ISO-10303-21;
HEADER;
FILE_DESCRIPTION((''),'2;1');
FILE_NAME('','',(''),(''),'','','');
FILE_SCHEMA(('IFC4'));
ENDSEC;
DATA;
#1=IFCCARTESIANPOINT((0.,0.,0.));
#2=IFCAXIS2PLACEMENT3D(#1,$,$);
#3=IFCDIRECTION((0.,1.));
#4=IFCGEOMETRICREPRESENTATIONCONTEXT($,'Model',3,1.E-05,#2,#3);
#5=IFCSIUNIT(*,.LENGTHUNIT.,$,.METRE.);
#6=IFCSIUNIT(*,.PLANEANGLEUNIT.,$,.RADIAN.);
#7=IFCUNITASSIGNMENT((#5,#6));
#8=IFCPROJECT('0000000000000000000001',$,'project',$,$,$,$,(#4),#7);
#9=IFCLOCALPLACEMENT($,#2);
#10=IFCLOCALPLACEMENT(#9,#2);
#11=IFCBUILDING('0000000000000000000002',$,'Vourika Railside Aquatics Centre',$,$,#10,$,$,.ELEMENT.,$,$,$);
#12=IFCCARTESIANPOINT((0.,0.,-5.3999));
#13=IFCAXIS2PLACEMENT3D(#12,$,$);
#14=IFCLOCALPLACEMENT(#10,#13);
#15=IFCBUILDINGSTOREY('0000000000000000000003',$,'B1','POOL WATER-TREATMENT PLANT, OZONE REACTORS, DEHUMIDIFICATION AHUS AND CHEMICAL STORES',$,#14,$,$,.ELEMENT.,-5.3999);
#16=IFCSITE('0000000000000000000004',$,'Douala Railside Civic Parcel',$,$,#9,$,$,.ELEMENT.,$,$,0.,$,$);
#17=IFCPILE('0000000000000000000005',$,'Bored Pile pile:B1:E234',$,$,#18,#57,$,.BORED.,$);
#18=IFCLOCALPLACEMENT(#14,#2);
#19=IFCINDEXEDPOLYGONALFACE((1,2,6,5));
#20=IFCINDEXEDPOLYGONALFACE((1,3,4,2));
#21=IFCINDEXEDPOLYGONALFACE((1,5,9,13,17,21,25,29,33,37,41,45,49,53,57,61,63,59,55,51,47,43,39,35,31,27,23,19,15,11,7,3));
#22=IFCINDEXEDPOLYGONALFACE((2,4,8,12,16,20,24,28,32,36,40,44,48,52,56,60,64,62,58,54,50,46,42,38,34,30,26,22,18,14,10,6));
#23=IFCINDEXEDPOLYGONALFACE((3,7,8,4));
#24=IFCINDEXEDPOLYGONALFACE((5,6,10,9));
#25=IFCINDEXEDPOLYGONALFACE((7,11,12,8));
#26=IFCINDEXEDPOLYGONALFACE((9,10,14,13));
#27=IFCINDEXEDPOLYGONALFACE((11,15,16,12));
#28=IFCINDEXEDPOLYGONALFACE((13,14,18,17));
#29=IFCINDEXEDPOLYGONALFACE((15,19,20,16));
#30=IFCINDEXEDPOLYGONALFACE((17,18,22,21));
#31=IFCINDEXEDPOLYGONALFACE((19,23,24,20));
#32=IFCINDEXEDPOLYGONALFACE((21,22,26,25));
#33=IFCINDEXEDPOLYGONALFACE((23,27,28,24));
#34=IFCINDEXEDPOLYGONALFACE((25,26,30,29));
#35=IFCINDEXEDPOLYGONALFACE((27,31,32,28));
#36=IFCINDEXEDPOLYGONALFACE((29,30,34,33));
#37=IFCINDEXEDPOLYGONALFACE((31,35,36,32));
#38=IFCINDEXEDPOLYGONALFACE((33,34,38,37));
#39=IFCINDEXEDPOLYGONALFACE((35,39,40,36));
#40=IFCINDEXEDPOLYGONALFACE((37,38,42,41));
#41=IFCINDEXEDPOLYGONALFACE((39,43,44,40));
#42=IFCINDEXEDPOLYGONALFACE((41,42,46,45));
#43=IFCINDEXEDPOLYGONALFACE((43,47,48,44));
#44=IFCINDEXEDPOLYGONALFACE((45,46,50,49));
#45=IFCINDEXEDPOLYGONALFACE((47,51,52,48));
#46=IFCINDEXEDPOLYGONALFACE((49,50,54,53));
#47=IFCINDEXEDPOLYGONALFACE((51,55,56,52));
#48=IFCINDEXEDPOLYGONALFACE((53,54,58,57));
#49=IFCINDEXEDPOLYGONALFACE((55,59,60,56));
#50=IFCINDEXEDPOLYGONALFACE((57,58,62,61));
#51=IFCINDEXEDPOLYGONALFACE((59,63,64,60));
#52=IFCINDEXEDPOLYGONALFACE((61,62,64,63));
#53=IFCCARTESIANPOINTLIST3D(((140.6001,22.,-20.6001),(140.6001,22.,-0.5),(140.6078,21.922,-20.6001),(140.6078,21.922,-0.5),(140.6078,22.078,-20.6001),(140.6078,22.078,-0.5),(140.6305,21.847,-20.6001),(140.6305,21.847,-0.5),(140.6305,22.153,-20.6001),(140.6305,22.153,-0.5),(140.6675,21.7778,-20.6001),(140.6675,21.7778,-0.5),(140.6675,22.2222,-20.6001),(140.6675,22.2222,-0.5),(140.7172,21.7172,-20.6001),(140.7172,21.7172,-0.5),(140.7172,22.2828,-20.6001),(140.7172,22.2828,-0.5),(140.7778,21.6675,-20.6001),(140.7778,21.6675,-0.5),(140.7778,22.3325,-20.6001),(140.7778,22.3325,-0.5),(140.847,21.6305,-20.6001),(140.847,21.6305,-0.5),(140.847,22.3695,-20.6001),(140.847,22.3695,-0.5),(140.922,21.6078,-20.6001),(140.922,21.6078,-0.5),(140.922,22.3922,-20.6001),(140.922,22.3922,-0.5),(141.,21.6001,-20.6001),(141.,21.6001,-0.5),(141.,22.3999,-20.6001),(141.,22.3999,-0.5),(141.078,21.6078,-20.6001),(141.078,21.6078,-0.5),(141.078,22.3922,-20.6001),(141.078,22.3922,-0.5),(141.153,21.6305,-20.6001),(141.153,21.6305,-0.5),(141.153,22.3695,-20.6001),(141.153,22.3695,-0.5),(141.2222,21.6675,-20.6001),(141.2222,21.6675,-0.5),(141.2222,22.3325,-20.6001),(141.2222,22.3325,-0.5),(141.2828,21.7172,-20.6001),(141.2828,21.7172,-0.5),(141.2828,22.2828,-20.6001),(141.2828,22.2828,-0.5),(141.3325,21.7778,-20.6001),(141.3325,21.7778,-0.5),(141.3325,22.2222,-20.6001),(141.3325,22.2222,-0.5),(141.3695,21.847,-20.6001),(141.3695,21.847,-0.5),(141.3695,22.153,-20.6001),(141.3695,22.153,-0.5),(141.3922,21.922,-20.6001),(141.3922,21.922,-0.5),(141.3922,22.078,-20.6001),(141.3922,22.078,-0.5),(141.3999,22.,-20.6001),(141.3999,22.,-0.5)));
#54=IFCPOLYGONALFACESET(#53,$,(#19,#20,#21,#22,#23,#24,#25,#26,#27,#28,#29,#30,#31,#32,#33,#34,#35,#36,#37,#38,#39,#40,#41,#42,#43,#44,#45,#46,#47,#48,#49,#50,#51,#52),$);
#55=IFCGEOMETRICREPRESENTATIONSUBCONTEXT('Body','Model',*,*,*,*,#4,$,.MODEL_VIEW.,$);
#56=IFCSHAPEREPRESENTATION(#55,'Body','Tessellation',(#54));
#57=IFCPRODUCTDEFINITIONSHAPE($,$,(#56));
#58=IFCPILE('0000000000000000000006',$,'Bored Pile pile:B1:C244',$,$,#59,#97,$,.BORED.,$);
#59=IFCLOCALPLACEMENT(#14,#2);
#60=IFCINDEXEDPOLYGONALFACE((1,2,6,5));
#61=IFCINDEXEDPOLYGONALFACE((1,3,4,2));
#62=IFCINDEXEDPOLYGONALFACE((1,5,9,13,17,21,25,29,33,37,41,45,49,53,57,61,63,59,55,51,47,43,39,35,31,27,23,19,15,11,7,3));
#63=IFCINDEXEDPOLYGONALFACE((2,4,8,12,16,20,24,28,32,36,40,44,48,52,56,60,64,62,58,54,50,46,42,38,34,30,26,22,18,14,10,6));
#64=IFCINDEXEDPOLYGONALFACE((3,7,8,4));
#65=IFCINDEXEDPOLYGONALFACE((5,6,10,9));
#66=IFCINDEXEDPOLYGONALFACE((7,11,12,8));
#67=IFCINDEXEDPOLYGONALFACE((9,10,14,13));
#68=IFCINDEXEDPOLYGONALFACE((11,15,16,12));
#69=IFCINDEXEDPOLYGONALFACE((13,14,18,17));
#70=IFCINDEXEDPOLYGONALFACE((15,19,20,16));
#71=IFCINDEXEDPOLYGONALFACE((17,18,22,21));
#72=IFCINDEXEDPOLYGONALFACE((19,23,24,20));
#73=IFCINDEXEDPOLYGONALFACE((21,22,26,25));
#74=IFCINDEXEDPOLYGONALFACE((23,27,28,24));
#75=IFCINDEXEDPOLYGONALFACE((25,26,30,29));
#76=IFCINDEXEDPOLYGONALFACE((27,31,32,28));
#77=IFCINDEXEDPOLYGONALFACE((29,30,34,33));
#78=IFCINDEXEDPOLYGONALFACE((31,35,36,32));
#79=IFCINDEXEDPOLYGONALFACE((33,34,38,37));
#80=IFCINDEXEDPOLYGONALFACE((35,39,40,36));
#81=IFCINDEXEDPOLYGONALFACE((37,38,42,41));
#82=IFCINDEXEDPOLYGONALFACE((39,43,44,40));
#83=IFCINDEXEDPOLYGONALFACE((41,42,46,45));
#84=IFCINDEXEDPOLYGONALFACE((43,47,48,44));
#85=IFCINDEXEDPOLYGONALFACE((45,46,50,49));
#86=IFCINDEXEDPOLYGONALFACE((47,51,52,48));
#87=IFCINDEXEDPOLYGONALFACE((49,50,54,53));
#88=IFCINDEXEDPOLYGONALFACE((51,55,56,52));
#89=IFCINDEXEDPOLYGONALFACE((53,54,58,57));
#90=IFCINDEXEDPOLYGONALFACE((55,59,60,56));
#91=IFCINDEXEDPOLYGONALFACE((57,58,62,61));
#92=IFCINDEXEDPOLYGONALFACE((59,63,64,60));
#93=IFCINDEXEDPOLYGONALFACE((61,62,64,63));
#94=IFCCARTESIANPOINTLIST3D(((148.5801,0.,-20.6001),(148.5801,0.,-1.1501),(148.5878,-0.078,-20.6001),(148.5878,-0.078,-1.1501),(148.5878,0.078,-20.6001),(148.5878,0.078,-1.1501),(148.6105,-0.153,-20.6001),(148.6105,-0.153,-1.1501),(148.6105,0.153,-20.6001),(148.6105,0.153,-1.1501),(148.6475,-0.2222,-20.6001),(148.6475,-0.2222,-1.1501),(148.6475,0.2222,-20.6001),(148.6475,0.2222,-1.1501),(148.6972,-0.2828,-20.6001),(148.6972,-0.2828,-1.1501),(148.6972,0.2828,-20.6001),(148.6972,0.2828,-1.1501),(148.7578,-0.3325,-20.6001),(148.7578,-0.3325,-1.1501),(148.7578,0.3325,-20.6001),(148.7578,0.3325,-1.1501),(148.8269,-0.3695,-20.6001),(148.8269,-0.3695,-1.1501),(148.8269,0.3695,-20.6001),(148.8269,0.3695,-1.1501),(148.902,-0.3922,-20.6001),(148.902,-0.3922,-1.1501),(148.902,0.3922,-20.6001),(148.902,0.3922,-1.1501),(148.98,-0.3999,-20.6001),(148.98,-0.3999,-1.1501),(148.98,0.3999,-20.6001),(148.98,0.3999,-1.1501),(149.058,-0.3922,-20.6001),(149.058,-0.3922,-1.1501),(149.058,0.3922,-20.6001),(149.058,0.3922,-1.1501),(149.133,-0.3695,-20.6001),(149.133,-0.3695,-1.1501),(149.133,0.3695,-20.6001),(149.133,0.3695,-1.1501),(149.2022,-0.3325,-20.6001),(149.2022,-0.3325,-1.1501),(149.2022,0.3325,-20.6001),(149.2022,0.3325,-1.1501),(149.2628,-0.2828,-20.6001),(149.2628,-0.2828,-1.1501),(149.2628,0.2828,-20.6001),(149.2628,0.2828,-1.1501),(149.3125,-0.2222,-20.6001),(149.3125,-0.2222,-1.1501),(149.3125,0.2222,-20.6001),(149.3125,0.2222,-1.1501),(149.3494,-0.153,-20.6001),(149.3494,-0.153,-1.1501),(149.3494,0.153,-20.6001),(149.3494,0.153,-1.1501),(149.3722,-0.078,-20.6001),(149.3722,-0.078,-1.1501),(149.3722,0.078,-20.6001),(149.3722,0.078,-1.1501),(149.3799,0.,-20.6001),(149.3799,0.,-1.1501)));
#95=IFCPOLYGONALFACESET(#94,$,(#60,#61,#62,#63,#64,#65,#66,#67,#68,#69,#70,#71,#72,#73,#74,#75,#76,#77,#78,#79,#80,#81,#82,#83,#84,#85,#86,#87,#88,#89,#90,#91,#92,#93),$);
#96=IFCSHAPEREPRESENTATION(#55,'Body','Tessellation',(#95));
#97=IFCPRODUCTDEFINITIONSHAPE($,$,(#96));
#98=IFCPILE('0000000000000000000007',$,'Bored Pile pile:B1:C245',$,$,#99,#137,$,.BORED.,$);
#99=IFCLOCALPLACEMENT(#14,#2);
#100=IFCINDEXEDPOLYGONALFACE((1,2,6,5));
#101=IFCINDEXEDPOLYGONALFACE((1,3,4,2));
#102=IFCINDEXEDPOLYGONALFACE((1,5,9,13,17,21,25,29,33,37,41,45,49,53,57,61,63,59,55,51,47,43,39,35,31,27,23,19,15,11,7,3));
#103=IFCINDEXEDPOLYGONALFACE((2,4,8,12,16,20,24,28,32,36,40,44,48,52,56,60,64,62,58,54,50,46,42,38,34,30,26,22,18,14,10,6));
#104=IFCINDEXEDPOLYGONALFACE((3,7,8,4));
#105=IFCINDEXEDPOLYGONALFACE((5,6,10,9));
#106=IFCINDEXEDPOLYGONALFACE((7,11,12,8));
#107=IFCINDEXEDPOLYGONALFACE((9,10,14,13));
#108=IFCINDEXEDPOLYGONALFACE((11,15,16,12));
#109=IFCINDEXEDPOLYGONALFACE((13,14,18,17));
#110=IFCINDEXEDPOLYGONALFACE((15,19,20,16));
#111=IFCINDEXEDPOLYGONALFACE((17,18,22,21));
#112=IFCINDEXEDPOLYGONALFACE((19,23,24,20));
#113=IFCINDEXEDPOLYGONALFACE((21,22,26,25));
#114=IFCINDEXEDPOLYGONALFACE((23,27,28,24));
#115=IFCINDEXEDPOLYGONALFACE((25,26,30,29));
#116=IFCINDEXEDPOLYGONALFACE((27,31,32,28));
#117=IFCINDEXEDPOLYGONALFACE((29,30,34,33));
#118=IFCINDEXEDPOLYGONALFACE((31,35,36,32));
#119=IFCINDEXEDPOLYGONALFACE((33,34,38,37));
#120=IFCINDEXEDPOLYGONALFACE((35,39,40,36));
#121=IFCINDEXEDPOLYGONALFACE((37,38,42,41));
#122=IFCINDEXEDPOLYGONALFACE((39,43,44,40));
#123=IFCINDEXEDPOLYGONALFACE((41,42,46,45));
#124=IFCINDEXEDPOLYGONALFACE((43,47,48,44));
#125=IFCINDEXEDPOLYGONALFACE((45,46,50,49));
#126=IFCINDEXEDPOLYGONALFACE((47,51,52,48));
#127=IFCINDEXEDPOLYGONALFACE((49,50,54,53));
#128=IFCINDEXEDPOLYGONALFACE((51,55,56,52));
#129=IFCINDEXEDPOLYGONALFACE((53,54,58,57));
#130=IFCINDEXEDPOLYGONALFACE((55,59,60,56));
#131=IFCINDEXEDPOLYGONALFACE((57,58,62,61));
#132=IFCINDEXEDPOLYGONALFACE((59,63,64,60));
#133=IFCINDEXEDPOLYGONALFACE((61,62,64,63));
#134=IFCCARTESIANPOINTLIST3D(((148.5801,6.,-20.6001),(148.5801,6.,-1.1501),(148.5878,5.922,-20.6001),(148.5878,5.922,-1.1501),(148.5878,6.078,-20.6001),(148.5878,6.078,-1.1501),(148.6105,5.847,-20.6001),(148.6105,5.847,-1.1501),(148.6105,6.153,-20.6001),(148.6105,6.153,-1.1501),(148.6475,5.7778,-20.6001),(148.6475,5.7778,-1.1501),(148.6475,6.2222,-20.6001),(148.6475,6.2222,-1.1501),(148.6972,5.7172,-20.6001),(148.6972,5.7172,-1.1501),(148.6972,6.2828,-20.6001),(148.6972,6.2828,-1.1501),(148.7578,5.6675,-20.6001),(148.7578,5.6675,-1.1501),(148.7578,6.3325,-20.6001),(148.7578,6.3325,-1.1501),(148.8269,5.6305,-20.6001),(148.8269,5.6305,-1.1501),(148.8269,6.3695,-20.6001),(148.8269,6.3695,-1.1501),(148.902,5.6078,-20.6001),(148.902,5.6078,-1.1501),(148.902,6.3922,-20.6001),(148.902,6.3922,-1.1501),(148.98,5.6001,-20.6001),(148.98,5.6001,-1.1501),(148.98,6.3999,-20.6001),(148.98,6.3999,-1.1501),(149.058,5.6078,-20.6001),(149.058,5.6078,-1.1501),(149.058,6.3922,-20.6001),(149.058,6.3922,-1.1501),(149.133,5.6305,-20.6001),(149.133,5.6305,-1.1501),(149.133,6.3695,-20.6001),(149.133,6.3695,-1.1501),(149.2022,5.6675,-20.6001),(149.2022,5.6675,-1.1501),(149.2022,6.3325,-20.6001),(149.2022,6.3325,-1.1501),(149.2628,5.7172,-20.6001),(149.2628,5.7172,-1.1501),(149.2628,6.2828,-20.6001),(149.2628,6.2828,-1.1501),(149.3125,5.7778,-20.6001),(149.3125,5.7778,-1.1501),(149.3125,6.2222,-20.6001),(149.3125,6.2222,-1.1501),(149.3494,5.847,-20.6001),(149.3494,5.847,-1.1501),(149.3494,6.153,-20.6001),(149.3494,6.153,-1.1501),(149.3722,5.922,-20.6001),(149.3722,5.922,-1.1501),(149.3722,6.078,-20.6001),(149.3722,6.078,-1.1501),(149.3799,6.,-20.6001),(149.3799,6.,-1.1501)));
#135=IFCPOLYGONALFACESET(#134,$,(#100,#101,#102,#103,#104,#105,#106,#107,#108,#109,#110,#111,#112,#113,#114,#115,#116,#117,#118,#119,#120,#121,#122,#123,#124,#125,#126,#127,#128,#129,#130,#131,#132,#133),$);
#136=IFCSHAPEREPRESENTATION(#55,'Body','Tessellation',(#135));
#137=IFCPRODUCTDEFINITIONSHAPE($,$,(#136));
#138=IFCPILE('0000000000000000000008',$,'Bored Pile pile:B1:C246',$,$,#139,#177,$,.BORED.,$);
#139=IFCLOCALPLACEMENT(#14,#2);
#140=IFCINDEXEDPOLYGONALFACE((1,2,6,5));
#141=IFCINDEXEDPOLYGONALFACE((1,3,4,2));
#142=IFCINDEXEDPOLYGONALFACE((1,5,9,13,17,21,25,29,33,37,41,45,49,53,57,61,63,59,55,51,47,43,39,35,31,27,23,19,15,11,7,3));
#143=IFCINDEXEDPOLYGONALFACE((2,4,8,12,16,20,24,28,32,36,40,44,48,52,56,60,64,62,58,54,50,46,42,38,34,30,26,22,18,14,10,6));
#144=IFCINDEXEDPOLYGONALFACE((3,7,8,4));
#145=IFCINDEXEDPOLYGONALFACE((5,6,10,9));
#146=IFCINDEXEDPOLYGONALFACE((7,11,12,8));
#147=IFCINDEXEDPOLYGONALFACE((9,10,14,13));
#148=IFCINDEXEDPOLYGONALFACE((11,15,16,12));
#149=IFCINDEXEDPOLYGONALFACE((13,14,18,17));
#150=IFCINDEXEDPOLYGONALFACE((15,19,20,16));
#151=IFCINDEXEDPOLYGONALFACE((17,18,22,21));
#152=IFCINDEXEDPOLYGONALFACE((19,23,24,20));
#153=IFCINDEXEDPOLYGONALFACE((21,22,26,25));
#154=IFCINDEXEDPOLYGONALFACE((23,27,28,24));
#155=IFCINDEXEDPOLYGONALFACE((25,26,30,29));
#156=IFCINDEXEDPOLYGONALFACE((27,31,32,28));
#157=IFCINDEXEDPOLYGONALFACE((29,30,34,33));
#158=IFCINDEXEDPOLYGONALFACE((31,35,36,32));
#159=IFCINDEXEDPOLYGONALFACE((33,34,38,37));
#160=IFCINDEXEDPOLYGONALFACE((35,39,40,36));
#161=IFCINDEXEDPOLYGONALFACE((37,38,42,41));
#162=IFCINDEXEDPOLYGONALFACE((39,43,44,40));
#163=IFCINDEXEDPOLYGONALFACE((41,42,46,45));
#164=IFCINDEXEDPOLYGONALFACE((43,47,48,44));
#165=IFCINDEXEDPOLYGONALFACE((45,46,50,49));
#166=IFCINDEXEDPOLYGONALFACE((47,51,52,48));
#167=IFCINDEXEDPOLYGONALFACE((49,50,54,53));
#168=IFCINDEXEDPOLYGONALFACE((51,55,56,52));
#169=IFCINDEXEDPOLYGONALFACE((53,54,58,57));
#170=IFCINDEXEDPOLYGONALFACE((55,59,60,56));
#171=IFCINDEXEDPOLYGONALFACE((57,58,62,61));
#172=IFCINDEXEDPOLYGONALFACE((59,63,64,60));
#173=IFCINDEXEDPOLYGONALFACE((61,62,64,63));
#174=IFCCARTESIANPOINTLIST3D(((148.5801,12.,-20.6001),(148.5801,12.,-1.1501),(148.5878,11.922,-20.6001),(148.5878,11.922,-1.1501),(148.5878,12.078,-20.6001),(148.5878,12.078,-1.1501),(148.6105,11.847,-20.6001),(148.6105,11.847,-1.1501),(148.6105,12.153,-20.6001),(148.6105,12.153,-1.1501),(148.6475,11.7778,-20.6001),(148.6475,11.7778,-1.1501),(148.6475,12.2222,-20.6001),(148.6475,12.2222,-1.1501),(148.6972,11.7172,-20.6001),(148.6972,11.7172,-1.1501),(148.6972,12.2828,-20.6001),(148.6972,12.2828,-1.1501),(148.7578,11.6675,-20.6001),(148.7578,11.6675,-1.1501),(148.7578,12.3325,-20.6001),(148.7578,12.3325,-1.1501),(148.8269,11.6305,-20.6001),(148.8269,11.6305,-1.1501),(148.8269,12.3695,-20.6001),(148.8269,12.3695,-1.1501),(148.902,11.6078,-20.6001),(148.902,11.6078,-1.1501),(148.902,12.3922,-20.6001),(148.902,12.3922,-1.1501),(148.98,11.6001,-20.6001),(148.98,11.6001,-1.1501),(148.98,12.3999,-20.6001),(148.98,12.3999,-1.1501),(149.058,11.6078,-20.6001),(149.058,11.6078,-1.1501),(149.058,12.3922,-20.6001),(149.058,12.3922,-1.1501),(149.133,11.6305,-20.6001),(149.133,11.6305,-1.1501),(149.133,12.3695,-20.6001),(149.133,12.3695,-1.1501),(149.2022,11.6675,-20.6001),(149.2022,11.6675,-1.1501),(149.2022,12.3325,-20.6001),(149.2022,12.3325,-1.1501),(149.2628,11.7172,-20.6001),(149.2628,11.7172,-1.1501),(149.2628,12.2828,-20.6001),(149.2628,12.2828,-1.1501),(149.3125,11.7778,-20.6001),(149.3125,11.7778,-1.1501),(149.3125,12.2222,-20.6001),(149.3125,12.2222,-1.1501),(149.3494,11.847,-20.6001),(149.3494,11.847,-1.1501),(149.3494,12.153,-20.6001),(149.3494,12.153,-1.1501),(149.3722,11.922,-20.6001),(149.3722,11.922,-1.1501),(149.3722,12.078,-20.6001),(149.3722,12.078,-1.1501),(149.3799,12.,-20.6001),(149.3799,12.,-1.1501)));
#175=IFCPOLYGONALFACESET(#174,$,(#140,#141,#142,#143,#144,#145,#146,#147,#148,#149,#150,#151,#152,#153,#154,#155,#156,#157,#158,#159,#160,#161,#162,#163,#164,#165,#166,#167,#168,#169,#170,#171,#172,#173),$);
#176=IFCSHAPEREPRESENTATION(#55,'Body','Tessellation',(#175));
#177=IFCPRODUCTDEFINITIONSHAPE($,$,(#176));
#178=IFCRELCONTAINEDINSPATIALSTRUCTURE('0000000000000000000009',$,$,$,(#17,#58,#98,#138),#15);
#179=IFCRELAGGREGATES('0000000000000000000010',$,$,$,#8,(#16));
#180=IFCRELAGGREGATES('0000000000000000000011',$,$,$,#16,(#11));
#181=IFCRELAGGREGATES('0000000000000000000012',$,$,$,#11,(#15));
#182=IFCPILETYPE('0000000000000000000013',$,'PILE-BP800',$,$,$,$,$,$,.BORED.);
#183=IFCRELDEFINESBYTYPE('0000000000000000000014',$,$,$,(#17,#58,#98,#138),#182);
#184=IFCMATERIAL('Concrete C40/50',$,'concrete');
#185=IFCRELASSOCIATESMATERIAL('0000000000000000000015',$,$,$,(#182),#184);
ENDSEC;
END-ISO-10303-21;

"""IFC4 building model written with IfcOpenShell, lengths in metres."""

from ifc_helpers import new_model, si_unit, direction, frame, origin, origin_2d, place, context, subcontext, project, spatial, circle, extrude, material, material_profile, profile_set, type_object, element, save


model = new_model("IFC4")

# Units and contexts
model_context = context("Model", 3, precision=1e-05, world=origin(), true_north=direction((0.0, 1.0)))
body_context = subcontext(model_context, "Body", "Model", "MODEL_VIEW")
ifc_project = project(units=[si_unit("LENGTHUNIT", "METRE"), si_unit("PLANEANGLEUNIT", "RADIAN")], contexts=[model_context])

# Site, building, storey
site_placement = place(None, origin())
site = spatial("IfcSite", under=ifc_project, at=site_placement, Name="Douala Railside Civic Parcel", CompositionType="ELEMENT", RefElevation=0.0)
building_placement = place(site_placement, origin())
building = spatial("IfcBuilding", under=site, at=building_placement, Name="Vourika Railside Aquatics Centre", CompositionType="ELEMENT")
storey_placement = place(building_placement, frame((0.0, 0.0, -5.3999)))
storey = spatial("IfcBuildingStorey", under=building, at=storey_placement, Name="B1", Description="POOL WATER-TREATMENT PLANT, OZONE REACTORS, DEHUMIDIFICATION AHUS AND CHEMICAL STORES", CompositionType="ELEMENT", Elevation=-5.3999)

# Shared definitions
ifc_material_1 = material(Name="Concrete C40/50", Category="concrete")

# Piles
ifc_material_profile_1 = material_profile(ifc_material_1, circle(Radius=0.3999, at=origin_2d()), Name="BP 800")
ifc_profile_set_1 = profile_set([ifc_material_profile_1], Name="Concrete C40/50")
pile_type = type_object("IfcPileType", Name="PILE-BP800", PredefinedType="BORED", material=ifc_profile_set_1)
for number, where, z_axis, x_axis, name in (
    (1, (141.0, 22.0, -0.5), (0.0, 0.0, -1.0), (1.0, 0.0, 0.0), "Bored Pile pile:B1:E234"),
):
    element("IfcPile", number, at=place(storey_placement, frame(where, z_axis=z_axis, x_axis=x_axis)), inside=storey, type_object=pile_type, Name=name, PredefinedType="BORED", context=body_context, shape_type="SweptSolid", body=[
        extrude(circle(Radius=0.3999, at=origin_2d()), origin(), (0.0, 0.0, 1.0), 20.1001),
    ])
for number, where, z_axis, x_axis, name in (
    (2, (148.98, 0.0, -1.1501), (0.0, 0.0, -1.0), (1.0, 0.0, 0.0), "Bored Pile pile:B1:C244"),
    (3, (148.98, 6.0, -1.1501), (0.0, 0.0, -1.0), (1.0, 0.0, 0.0), "Bored Pile pile:B1:C245"),
    (4, (148.98, 12.0, -1.1501), (0.0, 0.0, -1.0), (1.0, 0.0, 0.0), "Bored Pile pile:B1:C246"),
):
    element("IfcPile", number, at=place(storey_placement, frame(where, z_axis=z_axis, x_axis=x_axis)), inside=storey, type_object=pile_type, Name=name, PredefinedType="BORED", context=body_context, shape_type="SweptSolid", body=[
        extrude(circle(Radius=0.3999, at=origin_2d()), origin(), (0.0, 0.0, 1.0), 19.45),
    ])

save(model, "model.ifc")
